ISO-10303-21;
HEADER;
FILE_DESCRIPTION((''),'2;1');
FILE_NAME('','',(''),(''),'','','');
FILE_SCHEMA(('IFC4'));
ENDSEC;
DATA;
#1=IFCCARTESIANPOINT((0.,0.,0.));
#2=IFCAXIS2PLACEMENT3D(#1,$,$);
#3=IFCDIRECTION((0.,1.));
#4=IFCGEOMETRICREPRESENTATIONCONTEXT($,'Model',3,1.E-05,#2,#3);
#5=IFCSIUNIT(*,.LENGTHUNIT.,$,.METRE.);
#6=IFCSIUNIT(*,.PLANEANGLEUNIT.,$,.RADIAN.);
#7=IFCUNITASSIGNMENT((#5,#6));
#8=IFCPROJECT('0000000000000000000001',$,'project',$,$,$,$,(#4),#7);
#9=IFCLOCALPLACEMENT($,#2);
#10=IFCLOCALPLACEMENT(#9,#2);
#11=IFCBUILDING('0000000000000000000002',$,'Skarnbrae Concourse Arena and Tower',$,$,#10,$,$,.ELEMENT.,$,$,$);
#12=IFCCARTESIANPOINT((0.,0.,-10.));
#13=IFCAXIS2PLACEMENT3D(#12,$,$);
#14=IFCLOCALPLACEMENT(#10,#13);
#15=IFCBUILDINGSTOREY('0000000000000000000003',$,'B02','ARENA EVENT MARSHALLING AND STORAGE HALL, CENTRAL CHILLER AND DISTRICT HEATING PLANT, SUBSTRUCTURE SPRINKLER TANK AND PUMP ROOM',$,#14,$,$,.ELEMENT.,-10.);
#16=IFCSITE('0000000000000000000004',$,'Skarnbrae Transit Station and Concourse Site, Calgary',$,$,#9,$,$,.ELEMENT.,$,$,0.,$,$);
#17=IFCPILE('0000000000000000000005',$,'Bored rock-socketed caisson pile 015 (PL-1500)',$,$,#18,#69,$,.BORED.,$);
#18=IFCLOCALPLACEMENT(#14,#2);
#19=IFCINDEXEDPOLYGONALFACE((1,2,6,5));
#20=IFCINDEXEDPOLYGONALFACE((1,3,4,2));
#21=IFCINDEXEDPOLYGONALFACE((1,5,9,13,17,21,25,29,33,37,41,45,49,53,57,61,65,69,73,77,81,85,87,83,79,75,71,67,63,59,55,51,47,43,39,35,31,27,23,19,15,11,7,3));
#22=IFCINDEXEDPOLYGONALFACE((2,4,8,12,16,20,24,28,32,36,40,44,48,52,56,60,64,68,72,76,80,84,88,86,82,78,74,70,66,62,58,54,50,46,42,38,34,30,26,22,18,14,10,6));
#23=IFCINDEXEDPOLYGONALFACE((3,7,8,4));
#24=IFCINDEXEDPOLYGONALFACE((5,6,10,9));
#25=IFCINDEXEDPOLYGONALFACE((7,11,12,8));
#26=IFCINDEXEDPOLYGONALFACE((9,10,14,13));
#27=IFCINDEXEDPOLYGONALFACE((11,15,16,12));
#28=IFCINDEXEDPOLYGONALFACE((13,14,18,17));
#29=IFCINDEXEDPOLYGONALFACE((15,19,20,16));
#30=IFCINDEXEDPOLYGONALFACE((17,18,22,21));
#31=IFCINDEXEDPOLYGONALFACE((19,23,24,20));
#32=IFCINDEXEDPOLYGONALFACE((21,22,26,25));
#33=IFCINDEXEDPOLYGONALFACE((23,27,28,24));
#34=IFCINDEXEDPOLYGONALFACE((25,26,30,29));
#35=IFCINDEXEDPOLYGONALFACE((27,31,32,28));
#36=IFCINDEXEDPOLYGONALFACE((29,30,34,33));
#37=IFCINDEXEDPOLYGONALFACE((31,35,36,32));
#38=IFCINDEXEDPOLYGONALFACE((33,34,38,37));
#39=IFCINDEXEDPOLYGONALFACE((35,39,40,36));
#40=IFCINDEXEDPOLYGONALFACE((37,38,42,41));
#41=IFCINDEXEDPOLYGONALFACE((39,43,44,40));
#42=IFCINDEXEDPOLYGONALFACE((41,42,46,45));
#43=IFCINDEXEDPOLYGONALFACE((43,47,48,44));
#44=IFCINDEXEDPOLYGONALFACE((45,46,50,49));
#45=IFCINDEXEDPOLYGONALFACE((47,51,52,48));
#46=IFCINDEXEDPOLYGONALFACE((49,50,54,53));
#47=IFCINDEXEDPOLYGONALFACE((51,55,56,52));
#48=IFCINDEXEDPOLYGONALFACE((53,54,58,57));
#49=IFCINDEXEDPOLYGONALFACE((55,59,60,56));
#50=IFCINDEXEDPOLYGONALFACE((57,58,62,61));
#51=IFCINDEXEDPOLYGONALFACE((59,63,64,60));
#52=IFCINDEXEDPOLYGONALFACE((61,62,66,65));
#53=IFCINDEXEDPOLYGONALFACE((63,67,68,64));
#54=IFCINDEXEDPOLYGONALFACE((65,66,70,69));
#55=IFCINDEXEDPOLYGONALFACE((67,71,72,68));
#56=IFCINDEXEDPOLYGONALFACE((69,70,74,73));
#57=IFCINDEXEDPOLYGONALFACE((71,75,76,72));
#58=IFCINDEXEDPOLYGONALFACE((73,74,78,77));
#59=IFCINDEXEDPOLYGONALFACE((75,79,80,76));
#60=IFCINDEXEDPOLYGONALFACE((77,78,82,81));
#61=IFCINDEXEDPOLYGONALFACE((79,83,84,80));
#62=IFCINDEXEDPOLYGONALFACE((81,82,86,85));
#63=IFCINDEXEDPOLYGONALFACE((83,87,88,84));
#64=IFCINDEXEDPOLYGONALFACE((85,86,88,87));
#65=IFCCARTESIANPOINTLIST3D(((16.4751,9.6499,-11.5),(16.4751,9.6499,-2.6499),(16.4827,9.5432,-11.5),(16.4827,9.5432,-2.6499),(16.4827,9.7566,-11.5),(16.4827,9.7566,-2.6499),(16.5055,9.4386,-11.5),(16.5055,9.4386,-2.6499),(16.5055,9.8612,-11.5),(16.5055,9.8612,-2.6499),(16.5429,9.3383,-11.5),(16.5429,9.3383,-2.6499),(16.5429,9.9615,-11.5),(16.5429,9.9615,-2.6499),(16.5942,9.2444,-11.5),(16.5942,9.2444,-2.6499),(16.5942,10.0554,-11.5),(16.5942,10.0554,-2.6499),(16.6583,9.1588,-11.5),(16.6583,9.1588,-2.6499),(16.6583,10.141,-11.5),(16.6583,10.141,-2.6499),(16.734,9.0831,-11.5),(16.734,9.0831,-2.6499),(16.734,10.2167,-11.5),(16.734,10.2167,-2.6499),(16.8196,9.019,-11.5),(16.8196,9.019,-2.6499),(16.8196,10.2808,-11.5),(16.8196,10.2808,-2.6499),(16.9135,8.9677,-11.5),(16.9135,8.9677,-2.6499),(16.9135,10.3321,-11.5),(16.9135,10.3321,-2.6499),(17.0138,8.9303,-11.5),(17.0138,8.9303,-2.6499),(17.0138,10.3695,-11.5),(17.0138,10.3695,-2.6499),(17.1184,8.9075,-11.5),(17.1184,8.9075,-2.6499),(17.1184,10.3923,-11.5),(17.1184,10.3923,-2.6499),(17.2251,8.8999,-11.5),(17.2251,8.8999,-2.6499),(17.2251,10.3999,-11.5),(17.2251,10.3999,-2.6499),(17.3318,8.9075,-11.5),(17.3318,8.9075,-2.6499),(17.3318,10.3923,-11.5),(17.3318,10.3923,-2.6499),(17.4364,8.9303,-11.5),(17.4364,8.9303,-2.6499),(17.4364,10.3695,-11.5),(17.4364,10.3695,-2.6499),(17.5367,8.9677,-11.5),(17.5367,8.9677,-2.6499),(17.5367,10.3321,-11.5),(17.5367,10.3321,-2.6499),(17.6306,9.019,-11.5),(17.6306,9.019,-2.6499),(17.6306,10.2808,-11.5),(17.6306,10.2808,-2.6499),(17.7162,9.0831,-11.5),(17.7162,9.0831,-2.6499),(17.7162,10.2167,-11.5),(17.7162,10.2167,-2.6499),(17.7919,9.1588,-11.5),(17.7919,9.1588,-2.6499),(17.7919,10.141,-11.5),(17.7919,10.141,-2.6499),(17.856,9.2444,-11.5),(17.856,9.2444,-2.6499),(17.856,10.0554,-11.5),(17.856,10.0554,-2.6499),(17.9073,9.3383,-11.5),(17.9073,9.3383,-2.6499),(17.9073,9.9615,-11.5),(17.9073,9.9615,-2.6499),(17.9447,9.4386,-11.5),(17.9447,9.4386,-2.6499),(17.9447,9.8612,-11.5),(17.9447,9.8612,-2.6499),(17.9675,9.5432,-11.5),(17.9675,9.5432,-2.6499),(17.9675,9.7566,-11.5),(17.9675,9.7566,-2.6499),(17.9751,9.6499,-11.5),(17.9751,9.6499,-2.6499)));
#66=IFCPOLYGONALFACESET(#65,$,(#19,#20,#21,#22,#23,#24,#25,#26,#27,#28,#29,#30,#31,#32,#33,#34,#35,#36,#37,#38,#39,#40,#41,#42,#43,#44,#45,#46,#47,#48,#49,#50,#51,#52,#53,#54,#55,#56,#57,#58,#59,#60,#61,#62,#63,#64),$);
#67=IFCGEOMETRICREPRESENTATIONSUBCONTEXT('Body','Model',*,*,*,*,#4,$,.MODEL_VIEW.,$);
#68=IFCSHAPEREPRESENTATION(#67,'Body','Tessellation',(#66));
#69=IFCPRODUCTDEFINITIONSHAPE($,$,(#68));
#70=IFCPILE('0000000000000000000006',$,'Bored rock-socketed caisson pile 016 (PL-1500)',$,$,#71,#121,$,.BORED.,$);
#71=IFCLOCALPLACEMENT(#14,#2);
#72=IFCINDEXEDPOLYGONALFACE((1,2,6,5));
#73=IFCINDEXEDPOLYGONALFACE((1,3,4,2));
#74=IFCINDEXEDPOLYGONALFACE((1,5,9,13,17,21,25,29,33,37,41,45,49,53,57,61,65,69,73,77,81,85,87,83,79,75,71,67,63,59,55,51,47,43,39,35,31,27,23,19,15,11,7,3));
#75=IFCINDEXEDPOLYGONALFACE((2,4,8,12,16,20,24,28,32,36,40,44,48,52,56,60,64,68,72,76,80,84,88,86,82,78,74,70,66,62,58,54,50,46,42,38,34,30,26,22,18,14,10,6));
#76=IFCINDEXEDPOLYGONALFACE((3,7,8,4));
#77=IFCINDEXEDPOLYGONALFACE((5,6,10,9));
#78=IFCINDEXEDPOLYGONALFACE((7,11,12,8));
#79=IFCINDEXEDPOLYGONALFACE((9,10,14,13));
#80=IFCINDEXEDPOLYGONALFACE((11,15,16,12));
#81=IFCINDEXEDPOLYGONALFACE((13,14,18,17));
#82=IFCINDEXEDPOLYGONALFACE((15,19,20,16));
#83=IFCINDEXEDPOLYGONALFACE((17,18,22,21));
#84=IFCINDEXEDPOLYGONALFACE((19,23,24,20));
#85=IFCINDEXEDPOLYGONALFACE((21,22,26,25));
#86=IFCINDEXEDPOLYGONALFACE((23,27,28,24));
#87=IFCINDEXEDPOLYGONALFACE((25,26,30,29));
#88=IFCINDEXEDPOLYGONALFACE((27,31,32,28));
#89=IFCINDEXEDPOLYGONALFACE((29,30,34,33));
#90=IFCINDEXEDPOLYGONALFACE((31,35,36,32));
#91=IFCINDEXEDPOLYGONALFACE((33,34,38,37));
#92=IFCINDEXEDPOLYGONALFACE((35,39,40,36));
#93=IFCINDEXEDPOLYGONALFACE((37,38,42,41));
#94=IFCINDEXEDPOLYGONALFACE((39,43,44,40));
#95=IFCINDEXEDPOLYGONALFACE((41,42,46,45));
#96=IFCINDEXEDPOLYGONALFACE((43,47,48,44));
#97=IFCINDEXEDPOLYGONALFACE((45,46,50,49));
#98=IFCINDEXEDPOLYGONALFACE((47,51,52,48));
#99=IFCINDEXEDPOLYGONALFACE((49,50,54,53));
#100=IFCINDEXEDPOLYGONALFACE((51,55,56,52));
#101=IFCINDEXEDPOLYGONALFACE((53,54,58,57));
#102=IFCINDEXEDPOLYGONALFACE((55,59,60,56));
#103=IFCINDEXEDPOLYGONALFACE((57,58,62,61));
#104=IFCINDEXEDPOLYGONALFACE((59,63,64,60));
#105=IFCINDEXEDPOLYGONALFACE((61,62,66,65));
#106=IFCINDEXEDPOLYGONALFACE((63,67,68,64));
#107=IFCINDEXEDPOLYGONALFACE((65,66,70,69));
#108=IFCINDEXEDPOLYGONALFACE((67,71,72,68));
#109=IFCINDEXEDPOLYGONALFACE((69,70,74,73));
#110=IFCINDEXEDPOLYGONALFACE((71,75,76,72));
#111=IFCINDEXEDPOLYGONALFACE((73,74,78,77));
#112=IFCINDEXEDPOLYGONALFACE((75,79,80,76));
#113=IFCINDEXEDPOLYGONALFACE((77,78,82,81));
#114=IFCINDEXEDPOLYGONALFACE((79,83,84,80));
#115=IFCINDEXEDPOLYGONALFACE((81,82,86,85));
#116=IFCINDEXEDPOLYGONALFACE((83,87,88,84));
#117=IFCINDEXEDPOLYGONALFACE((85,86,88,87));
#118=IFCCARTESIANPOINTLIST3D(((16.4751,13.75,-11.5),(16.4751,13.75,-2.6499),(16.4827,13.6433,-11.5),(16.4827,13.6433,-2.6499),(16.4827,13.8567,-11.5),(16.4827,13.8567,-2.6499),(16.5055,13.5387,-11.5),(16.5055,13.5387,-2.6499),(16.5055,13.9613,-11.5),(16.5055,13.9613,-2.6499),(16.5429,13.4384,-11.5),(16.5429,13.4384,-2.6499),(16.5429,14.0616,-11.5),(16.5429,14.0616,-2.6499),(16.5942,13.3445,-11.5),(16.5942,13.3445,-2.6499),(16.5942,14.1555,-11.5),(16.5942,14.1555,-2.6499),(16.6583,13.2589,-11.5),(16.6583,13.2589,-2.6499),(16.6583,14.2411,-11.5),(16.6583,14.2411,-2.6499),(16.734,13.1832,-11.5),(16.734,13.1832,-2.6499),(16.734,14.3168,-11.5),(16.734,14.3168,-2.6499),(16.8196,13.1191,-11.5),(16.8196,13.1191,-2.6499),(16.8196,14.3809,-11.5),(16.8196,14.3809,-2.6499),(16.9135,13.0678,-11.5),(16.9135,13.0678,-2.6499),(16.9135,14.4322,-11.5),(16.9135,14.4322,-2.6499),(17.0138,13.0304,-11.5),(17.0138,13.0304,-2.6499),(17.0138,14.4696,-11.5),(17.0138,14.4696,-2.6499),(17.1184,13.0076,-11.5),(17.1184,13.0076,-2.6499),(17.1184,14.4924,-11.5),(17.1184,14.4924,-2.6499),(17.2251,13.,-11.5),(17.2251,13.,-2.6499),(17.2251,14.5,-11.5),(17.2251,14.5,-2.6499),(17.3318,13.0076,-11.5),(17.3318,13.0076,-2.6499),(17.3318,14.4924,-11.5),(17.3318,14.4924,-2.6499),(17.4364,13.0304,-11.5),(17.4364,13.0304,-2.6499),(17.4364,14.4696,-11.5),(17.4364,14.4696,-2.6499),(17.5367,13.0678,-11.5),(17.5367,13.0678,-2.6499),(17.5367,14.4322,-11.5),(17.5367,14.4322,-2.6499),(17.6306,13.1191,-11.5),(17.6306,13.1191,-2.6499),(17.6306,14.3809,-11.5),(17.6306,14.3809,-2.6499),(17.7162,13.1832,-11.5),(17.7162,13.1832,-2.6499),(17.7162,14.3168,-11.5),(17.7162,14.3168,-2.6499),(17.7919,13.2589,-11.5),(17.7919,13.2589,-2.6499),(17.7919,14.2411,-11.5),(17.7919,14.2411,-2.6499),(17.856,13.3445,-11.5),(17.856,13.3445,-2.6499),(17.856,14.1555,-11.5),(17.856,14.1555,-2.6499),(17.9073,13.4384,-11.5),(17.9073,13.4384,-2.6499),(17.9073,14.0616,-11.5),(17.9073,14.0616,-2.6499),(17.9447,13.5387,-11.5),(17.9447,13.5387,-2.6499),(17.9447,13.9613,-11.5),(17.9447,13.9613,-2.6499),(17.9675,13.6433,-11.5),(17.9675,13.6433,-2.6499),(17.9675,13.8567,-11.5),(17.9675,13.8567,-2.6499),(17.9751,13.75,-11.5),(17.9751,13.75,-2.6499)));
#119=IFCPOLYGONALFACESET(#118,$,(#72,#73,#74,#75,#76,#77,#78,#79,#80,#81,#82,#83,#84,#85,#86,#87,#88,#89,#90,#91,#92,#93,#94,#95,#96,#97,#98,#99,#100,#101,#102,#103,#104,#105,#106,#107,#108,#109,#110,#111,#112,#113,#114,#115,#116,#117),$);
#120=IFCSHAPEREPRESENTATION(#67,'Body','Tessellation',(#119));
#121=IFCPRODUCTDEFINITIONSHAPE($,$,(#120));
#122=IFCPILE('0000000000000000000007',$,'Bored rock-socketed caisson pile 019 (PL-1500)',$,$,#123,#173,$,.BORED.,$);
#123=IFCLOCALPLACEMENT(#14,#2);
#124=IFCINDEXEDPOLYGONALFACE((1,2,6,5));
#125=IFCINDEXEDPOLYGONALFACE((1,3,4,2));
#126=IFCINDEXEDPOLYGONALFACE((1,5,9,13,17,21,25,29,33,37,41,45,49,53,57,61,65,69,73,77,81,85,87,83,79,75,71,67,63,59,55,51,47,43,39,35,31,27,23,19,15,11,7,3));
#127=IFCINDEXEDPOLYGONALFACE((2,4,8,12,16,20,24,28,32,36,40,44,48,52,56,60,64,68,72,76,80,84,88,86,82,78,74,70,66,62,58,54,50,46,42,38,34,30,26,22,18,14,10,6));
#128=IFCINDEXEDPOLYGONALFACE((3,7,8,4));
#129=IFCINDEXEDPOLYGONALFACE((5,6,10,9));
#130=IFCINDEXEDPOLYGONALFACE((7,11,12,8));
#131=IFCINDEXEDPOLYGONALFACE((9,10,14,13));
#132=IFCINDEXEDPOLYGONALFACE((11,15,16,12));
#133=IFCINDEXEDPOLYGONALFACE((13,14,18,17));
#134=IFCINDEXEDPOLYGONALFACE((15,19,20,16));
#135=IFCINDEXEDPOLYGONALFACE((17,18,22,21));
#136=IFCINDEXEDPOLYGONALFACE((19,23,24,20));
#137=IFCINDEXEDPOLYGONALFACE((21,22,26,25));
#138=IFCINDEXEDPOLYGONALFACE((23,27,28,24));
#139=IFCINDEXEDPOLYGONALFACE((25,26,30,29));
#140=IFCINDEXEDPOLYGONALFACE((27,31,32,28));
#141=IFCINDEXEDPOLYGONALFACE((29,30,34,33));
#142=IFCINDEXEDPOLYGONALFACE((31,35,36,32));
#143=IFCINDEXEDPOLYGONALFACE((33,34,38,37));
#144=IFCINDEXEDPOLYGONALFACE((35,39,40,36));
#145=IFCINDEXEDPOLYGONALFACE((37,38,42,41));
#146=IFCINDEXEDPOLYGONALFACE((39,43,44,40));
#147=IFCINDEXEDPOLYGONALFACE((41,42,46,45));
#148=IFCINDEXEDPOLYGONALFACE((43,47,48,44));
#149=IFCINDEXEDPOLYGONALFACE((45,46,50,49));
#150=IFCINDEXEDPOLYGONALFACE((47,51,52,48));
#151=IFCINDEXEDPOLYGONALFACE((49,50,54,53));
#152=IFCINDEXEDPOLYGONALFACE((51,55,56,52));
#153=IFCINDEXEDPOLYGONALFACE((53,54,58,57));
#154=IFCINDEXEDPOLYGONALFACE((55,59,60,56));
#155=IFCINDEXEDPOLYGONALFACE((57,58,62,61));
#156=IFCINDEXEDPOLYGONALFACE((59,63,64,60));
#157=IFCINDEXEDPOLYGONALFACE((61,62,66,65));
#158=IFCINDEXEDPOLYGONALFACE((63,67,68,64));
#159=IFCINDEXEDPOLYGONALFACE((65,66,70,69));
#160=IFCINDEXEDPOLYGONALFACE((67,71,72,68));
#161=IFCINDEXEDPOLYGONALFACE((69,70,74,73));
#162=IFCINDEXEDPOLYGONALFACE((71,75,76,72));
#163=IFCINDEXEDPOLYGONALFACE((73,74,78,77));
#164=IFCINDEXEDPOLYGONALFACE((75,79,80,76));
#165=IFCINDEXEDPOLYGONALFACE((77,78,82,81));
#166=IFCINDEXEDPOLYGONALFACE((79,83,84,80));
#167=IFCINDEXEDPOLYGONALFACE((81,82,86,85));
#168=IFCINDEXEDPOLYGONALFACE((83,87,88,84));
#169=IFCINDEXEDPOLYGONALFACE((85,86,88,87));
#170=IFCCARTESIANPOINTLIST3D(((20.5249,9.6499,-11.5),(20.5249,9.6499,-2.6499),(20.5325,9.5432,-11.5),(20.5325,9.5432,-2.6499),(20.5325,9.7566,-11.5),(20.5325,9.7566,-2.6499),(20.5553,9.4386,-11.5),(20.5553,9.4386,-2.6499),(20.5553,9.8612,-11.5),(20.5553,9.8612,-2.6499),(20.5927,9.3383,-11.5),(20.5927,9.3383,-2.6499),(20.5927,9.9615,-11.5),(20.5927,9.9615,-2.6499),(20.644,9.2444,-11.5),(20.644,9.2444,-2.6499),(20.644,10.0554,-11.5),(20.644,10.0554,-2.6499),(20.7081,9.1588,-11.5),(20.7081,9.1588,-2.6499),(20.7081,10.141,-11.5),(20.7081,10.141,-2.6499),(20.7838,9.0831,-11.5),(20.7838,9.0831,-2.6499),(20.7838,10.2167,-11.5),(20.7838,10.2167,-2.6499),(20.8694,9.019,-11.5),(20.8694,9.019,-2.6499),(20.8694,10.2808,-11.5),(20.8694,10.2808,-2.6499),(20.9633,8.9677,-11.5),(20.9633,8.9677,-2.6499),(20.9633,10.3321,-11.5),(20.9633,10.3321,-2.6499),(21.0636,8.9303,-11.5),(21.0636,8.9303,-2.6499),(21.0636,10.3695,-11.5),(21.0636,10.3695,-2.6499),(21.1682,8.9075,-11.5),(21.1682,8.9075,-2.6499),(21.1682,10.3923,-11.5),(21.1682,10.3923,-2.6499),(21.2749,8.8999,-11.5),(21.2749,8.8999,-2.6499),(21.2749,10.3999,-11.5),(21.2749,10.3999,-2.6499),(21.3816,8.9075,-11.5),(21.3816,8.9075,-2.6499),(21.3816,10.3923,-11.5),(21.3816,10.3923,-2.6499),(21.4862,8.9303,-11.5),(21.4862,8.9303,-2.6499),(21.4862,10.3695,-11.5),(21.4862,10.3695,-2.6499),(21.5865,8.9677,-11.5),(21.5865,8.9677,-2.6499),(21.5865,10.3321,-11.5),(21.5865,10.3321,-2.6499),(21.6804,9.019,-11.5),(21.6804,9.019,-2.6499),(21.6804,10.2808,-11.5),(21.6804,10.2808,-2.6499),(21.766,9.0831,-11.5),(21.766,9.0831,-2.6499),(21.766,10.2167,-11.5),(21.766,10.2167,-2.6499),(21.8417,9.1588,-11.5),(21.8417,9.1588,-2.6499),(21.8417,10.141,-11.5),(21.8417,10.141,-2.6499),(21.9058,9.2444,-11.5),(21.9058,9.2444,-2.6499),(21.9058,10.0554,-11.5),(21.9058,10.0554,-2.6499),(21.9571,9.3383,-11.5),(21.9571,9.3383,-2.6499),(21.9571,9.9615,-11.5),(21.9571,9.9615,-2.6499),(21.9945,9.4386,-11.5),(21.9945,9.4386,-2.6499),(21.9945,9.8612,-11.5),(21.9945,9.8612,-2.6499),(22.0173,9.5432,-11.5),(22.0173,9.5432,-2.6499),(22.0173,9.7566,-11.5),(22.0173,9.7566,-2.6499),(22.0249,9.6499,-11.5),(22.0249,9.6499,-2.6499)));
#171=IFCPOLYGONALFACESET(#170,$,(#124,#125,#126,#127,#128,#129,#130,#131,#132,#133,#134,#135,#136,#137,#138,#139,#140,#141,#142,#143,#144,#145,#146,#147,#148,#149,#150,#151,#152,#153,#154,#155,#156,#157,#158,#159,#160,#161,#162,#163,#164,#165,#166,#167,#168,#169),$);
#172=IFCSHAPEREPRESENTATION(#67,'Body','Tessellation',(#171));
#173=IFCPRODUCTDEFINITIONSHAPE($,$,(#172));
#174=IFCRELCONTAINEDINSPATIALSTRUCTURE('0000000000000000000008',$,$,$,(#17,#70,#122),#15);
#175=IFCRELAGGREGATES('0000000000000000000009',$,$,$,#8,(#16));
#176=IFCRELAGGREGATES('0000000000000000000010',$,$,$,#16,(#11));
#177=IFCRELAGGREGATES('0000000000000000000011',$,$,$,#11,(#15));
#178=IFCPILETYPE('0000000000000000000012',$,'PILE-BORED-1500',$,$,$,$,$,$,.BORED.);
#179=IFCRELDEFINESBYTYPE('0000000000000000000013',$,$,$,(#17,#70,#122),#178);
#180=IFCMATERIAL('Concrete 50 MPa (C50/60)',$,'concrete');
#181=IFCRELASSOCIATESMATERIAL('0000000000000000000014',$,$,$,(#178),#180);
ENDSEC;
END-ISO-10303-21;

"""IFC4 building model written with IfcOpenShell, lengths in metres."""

from ifc_helpers import new_model, si_unit, direction, frame, origin, origin_2d, place, context, subcontext, project, spatial, circle, extrude, source, transform, mapped, material, material_profile, profile_set, type_object, element, save


model = new_model("IFC4")

# Units and contexts
model_context = context("Model", 3, precision=1e-05, world=origin(), true_north=direction((0.0, 1.0)))
body_context = subcontext(model_context, "Body", "Model", "MODEL_VIEW")
ifc_project = project(units=[si_unit("LENGTHUNIT", "METRE"), si_unit("PLANEANGLEUNIT", "RADIAN")], contexts=[model_context])

# Site, building, storey
site_placement = place(None, origin())
site = spatial("IfcSite", under=ifc_project, at=site_placement, Name="Skarnbrae Transit Station and Concourse Site, Calgary", CompositionType="ELEMENT", RefElevation=0.0)
building_placement = place(site_placement, origin())
building = spatial("IfcBuilding", under=site, at=building_placement, Name="Skarnbrae Concourse Arena and Tower", CompositionType="ELEMENT")
storey_placement = place(building_placement, frame((0.0, 0.0, -10.0)))
storey = spatial("IfcBuildingStorey", under=building, at=storey_placement, Name="B02", Description="ARENA EVENT MARSHALLING AND STORAGE HALL, CENTRAL CHILLER AND DISTRICT HEATING PLANT, SUBSTRUCTURE SPRINKLER TANK AND PUMP ROOM", CompositionType="ELEMENT", Elevation=-10.0)

# Piles
ifc_material_1 = material(Name="Concrete 50 MPa (C50/60)", Category="concrete")
ifc_material_profile_1 = material_profile(ifc_material_1, circle(Radius=0.75, at=origin_2d()), Name="CAISSON-1500")
ifc_profile_set_1 = profile_set([ifc_material_profile_1], Name="Concrete 50 MPa (C50/60)")
pile_type = type_object("IfcPileType", Name="PILE-BORED-1500", PredefinedType="BORED", material=ifc_profile_set_1)
shared_shape_1 = source(origin(), body_context, "Body", "SweptSolid", [
    extrude(circle(Radius=0.75, at=origin_2d()), origin(), (0.0, 0.0, 1.0), 8.8501),
])
for number, where, z_axis, x_axis, name in (
    (1, (17.2251, 9.6499, -2.6499), (0.0, 0.0, -1.0), (1.0, 0.0, 0.0), "Bored rock-socketed caisson pile 015 (PL-1500)"),
    (2, (17.2251, 13.75, -2.6499), (0.0, 0.0, -1.0), (1.0, 0.0, 0.0), "Bored rock-socketed caisson pile 016 (PL-1500)"),
    (3, (21.2749, 9.6499, -2.6499), (0.0, 0.0, -1.0), (1.0, 0.0, 0.0), "Bored rock-socketed caisson pile 019 (PL-1500)"),
):
    element("IfcPile", number, at=place(storey_placement, frame(where, z_axis=z_axis, x_axis=x_axis)), inside=storey, type_object=pile_type, Name=name, PredefinedType="BORED", context=body_context, shape_type="MappedRepresentation", body=[
        mapped(shared_shape_1, transform((0.0, 0.0, 0.0))),
    ])

save(model, "model.ifc")
